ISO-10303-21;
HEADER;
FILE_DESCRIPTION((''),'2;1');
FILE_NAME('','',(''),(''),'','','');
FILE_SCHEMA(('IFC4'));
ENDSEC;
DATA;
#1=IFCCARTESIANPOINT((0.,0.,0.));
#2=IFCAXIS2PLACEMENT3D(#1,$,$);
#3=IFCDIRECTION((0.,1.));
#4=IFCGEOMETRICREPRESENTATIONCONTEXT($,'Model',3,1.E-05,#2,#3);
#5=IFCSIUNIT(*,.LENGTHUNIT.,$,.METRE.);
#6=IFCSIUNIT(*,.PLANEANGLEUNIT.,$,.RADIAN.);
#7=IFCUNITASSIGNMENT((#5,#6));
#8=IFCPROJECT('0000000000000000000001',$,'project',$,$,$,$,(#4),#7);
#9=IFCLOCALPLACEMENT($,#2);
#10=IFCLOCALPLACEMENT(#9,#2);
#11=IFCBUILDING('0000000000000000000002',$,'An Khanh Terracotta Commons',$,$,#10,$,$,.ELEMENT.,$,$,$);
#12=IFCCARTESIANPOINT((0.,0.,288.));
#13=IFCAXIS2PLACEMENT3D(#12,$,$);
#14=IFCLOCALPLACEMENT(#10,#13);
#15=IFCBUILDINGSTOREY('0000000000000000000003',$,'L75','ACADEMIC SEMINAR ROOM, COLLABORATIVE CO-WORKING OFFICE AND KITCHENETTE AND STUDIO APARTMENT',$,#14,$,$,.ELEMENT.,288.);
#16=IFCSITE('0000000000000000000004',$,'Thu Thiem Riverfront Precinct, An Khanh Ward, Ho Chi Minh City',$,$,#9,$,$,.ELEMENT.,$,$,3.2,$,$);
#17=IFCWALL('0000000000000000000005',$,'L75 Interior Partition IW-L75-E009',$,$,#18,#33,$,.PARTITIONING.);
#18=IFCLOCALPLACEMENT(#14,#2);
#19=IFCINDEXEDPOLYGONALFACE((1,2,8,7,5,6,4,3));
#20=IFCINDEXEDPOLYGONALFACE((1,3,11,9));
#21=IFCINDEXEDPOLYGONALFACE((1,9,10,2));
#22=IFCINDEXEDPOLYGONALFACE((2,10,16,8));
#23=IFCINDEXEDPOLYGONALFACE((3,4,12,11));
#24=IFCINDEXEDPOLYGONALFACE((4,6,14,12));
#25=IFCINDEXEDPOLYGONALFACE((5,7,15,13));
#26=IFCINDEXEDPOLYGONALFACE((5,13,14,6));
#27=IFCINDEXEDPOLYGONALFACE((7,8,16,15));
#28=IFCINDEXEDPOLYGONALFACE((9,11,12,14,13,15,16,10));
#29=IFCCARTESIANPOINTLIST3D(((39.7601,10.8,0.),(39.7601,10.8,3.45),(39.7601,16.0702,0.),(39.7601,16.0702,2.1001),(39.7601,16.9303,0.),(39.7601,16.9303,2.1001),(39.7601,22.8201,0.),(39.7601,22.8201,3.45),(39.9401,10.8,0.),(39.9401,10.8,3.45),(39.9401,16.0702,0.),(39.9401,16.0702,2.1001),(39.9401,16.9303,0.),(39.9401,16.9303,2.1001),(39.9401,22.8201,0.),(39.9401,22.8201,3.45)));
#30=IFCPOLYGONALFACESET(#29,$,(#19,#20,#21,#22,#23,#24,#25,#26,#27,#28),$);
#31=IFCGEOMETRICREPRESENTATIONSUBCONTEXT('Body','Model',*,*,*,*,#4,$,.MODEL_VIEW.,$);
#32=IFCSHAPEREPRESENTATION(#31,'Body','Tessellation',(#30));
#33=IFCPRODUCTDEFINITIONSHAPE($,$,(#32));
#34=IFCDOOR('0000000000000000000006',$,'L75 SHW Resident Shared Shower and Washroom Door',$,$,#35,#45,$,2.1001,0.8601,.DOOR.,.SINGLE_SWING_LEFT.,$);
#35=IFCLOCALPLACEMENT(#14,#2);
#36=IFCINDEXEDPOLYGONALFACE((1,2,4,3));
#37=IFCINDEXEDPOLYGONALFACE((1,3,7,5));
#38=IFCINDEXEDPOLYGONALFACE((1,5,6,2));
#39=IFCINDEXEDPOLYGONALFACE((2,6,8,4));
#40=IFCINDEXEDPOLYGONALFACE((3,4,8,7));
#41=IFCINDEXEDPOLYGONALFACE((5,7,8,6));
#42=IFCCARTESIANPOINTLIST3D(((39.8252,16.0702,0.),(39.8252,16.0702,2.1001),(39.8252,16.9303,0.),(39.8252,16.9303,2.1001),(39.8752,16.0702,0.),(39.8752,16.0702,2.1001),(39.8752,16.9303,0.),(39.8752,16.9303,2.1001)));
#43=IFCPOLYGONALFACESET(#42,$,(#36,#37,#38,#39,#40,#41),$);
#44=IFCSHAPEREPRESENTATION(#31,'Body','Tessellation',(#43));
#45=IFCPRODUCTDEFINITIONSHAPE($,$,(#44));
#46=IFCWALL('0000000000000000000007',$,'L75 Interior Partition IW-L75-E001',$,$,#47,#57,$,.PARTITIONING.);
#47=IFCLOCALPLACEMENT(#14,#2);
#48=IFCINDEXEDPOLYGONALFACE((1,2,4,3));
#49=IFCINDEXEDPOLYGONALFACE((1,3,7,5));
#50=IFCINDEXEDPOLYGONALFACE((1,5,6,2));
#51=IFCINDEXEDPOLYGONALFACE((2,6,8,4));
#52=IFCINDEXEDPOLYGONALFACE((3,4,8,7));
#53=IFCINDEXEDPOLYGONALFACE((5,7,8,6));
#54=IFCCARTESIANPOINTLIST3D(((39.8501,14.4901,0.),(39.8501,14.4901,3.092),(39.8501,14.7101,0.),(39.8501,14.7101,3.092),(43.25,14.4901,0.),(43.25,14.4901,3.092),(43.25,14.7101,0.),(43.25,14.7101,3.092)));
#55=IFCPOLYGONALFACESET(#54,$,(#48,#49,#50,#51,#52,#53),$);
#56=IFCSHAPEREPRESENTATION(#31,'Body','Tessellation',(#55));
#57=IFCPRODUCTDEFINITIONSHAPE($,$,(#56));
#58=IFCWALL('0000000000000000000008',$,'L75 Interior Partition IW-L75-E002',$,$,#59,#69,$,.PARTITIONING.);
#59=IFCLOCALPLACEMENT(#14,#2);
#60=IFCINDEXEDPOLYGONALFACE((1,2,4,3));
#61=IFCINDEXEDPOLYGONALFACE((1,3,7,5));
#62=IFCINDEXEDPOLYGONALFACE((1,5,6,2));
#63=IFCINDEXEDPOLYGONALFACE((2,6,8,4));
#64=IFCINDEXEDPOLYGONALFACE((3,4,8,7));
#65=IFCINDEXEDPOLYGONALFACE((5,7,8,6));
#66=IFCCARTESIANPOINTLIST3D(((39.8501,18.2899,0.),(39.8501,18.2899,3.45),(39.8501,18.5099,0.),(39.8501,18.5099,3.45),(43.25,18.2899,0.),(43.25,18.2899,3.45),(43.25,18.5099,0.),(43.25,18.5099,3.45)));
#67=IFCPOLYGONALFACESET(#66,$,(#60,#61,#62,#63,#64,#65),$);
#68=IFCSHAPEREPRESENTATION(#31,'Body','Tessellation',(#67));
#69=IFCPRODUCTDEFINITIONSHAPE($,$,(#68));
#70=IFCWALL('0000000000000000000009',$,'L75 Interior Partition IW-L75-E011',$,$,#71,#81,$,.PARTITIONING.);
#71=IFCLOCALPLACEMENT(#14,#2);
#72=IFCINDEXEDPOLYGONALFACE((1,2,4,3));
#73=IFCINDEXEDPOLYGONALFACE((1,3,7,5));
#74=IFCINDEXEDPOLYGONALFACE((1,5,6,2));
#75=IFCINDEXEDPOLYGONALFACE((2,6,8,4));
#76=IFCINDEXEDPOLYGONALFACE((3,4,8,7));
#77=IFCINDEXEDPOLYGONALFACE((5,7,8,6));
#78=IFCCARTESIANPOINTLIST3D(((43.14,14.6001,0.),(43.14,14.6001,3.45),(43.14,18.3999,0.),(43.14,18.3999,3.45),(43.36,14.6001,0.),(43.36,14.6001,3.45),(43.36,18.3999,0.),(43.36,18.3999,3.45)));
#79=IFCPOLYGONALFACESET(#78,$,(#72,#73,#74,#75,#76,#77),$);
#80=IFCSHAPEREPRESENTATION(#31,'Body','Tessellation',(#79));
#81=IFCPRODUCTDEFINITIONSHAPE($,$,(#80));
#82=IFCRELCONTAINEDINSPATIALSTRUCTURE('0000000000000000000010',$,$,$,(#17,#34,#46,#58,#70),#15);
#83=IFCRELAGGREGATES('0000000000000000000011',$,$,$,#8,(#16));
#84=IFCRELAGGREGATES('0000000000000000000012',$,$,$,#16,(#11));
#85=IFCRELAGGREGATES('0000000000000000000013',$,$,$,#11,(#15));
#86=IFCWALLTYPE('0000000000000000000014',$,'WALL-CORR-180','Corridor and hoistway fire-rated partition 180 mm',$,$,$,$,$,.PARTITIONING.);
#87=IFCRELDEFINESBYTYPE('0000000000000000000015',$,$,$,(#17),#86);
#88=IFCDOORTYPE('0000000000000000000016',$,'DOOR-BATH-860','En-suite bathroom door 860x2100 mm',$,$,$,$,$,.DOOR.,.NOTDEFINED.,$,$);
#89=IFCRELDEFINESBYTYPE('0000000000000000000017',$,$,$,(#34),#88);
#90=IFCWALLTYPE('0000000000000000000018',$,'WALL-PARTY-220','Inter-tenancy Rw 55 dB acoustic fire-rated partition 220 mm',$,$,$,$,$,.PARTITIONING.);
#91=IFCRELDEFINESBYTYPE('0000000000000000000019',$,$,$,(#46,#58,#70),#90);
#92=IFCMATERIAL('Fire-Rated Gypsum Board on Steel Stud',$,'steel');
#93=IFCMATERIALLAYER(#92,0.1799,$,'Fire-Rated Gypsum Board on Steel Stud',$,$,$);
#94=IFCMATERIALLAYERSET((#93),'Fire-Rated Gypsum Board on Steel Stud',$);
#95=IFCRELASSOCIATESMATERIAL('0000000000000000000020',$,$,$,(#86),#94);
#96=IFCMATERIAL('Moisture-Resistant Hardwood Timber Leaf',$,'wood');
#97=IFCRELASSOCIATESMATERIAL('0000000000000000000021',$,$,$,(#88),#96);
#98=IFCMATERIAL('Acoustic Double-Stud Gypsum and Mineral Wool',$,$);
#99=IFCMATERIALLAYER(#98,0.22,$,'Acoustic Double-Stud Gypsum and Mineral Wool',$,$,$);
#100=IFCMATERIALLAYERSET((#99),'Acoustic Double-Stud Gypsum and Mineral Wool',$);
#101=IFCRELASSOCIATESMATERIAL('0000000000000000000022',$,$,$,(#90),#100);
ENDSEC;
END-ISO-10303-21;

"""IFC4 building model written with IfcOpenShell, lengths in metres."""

from ifc_helpers import new_model, si_unit, direction, frame, frame_2d, origin, place, context, subcontext, project, spatial, rectangle, extrude, material, layer, layer_set, type_object, element, fill, save


model = new_model("IFC4")

# Units and contexts
model_context = context("Model", 3, precision=1e-05, world=origin(), true_north=direction((0.0, 1.0)))
body_context = subcontext(model_context, "Body", "Model", "MODEL_VIEW")
ifc_project = project(units=[si_unit("LENGTHUNIT", "METRE"), si_unit("PLANEANGLEUNIT", "RADIAN")], contexts=[model_context])

# Site, building, storey
site_placement = place(None, origin())
site = spatial("IfcSite", under=ifc_project, at=site_placement, Name="Thu Thiem Riverfront Precinct, An Khanh Ward, Ho Chi Minh City", CompositionType="ELEMENT", RefElevation=3.2)
building_placement = place(site_placement, origin())
building = spatial("IfcBuilding", under=site, at=building_placement, Name="An Khanh Terracotta Commons", CompositionType="ELEMENT")
storey_placement = place(building_placement, frame((0.0, 0.0, 288.0)))
storey = spatial("IfcBuildingStorey", under=building, at=storey_placement, Name="L75", Description="ACADEMIC SEMINAR ROOM, COLLABORATIVE CO-WORKING OFFICE AND KITCHENETTE AND STUDIO APARTMENT", CompositionType="ELEMENT", Elevation=288.0)

# Wall, opening, door
ifc_material_1 = material(Name="Fire-Rated Gypsum Board on Steel Stud", Category="steel")
ifc_layer_1 = layer(ifc_material_1, 0.1799, Name="Fire-Rated Gypsum Board on Steel Stud")
ifc_layer_set_1 = layer_set([ifc_layer_1], Name="Fire-Rated Gypsum Board on Steel Stud")
wall_type_1 = type_object("IfcWallType", Name="WALL-CORR-180", Description="Corridor and hoistway fire-rated partition 180 mm", PredefinedType="PARTITIONING", material=ifc_layer_set_1)
wall_1_placement = place(storey_placement, frame((39.8501, 10.8, 0.0), z_axis=(0.0, 0.0, 1.0), x_axis=(0.0, 1.0, 0.0)))
wall_1 = element("IfcWall", 1, at=wall_1_placement, inside=storey, type_object=wall_type_1, Name="L75 Interior Partition IW-L75-E009", PredefinedType="PARTITIONING", context=body_context, shape_type="SweptSolid", body=[
    extrude(rectangle(XDim=12.02, YDim=0.1799, at=frame_2d((6.01, 0.0))), origin(), (0.0, 0.0, 1.0), 3.45),
])
opening_1_placement = place(wall_1_placement, frame((5.27, 0.0, 0.0)))
opening_1 = element("IfcOpeningElement", 2, at=opening_1_placement, cuts=wall_1, PredefinedType="OPENING", context=body_context, shape_type="SweptSolid", body=[
    extrude(rectangle(XDim=0.8601, YDim=2.1001, at=frame_2d((0.4302, 1.05))), frame((0.0, 0.0999, 0.0), z_axis=(0.0, -1.0, 0.0), x_axis=(1.0, 0.0, 0.0)), (0.0, 0.0, 1.0), 0.2),
])
ifc_material_2 = material(Name="Moisture-Resistant Hardwood Timber Leaf", Category="wood")
door_type_1 = type_object("IfcDoorType", Name="DOOR-BATH-860", Description="En-suite bathroom door 860x2100 mm", OperationType="NOTDEFINED", PredefinedType="DOOR", material=ifc_material_2)
door_1_placement = place(opening_1_placement, origin())
door_1 = element("IfcDoor", 3, at=door_1_placement, inside=storey, type_object=door_type_1, Name="L75 SHW Resident Shared Shower and Washroom Door", OperationType="SINGLE_SWING_LEFT", OverallHeight=2.1001, OverallWidth=0.8601, PredefinedType="DOOR", context=body_context, shape_type="SweptSolid", body=[
    extrude(rectangle(XDim=0.8601, YDim=2.1001, at=frame_2d((0.4302, 1.05))), frame((0.0, 0.0249, 0.0), z_axis=(0.0, -1.0, 0.0), x_axis=(1.0, 0.0, 0.0)), (0.0, 0.0, 1.0), 0.05),
])
fill(opening_1, door_1)

# Walls
ifc_material_3 = material(Name="Acoustic Double-Stud Gypsum and Mineral Wool")
ifc_layer_2 = layer(ifc_material_3, 0.22, Name="Acoustic Double-Stud Gypsum and Mineral Wool")
ifc_layer_set_2 = layer_set([ifc_layer_2], Name="Acoustic Double-Stud Gypsum and Mineral Wool")
wall_type_2 = type_object("IfcWallType", Name="WALL-PARTY-220", Description="Inter-tenancy Rw 55 dB acoustic fire-rated partition 220 mm", PredefinedType="PARTITIONING", material=ifc_layer_set_2)
wall_2_placement = place(storey_placement, frame((39.8501, 14.6001, 0.0), z_axis=(0.0, 0.0, 1.0), x_axis=(1.0, 0.0, 0.0)))
element("IfcWall", 4, at=wall_2_placement, inside=storey, type_object=wall_type_2, Name="L75 Interior Partition IW-L75-E001", PredefinedType="PARTITIONING", context=body_context, shape_type="SweptSolid", body=[
    extrude(rectangle(XDim=3.3999, YDim=0.22, at=frame_2d((1.7, 0.0))), origin(), (0.0, 0.0, 1.0), 3.092),
])
wall_3_placement = place(storey_placement, frame((39.8501, 18.3999, 0.0), z_axis=(0.0, 0.0, 1.0), x_axis=(1.0, 0.0, 0.0)))
element("IfcWall", 5, at=wall_3_placement, inside=storey, type_object=wall_type_2, Name="L75 Interior Partition IW-L75-E002", PredefinedType="PARTITIONING", context=body_context, shape_type="SweptSolid", body=[
    extrude(rectangle(XDim=3.3999, YDim=0.22, at=frame_2d((1.7, 0.0))), origin(), (0.0, 0.0, 1.0), 3.45),
])
wall_4_placement = place(storey_placement, frame((43.25, 14.6001, 0.0), z_axis=(0.0, 0.0, 1.0), x_axis=(0.0, 1.0, 0.0)))
element("IfcWall", 6, at=wall_4_placement, inside=storey, type_object=wall_type_2, Name="L75 Interior Partition IW-L75-E011", PredefinedType="PARTITIONING", context=body_context, shape_type="SweptSolid", body=[
    extrude(rectangle(XDim=3.7998, YDim=0.22, at=frame_2d((1.8999, 0.0))), origin(), (0.0, 0.0, 1.0), 3.45),
])

save(model, "model.ifc")
